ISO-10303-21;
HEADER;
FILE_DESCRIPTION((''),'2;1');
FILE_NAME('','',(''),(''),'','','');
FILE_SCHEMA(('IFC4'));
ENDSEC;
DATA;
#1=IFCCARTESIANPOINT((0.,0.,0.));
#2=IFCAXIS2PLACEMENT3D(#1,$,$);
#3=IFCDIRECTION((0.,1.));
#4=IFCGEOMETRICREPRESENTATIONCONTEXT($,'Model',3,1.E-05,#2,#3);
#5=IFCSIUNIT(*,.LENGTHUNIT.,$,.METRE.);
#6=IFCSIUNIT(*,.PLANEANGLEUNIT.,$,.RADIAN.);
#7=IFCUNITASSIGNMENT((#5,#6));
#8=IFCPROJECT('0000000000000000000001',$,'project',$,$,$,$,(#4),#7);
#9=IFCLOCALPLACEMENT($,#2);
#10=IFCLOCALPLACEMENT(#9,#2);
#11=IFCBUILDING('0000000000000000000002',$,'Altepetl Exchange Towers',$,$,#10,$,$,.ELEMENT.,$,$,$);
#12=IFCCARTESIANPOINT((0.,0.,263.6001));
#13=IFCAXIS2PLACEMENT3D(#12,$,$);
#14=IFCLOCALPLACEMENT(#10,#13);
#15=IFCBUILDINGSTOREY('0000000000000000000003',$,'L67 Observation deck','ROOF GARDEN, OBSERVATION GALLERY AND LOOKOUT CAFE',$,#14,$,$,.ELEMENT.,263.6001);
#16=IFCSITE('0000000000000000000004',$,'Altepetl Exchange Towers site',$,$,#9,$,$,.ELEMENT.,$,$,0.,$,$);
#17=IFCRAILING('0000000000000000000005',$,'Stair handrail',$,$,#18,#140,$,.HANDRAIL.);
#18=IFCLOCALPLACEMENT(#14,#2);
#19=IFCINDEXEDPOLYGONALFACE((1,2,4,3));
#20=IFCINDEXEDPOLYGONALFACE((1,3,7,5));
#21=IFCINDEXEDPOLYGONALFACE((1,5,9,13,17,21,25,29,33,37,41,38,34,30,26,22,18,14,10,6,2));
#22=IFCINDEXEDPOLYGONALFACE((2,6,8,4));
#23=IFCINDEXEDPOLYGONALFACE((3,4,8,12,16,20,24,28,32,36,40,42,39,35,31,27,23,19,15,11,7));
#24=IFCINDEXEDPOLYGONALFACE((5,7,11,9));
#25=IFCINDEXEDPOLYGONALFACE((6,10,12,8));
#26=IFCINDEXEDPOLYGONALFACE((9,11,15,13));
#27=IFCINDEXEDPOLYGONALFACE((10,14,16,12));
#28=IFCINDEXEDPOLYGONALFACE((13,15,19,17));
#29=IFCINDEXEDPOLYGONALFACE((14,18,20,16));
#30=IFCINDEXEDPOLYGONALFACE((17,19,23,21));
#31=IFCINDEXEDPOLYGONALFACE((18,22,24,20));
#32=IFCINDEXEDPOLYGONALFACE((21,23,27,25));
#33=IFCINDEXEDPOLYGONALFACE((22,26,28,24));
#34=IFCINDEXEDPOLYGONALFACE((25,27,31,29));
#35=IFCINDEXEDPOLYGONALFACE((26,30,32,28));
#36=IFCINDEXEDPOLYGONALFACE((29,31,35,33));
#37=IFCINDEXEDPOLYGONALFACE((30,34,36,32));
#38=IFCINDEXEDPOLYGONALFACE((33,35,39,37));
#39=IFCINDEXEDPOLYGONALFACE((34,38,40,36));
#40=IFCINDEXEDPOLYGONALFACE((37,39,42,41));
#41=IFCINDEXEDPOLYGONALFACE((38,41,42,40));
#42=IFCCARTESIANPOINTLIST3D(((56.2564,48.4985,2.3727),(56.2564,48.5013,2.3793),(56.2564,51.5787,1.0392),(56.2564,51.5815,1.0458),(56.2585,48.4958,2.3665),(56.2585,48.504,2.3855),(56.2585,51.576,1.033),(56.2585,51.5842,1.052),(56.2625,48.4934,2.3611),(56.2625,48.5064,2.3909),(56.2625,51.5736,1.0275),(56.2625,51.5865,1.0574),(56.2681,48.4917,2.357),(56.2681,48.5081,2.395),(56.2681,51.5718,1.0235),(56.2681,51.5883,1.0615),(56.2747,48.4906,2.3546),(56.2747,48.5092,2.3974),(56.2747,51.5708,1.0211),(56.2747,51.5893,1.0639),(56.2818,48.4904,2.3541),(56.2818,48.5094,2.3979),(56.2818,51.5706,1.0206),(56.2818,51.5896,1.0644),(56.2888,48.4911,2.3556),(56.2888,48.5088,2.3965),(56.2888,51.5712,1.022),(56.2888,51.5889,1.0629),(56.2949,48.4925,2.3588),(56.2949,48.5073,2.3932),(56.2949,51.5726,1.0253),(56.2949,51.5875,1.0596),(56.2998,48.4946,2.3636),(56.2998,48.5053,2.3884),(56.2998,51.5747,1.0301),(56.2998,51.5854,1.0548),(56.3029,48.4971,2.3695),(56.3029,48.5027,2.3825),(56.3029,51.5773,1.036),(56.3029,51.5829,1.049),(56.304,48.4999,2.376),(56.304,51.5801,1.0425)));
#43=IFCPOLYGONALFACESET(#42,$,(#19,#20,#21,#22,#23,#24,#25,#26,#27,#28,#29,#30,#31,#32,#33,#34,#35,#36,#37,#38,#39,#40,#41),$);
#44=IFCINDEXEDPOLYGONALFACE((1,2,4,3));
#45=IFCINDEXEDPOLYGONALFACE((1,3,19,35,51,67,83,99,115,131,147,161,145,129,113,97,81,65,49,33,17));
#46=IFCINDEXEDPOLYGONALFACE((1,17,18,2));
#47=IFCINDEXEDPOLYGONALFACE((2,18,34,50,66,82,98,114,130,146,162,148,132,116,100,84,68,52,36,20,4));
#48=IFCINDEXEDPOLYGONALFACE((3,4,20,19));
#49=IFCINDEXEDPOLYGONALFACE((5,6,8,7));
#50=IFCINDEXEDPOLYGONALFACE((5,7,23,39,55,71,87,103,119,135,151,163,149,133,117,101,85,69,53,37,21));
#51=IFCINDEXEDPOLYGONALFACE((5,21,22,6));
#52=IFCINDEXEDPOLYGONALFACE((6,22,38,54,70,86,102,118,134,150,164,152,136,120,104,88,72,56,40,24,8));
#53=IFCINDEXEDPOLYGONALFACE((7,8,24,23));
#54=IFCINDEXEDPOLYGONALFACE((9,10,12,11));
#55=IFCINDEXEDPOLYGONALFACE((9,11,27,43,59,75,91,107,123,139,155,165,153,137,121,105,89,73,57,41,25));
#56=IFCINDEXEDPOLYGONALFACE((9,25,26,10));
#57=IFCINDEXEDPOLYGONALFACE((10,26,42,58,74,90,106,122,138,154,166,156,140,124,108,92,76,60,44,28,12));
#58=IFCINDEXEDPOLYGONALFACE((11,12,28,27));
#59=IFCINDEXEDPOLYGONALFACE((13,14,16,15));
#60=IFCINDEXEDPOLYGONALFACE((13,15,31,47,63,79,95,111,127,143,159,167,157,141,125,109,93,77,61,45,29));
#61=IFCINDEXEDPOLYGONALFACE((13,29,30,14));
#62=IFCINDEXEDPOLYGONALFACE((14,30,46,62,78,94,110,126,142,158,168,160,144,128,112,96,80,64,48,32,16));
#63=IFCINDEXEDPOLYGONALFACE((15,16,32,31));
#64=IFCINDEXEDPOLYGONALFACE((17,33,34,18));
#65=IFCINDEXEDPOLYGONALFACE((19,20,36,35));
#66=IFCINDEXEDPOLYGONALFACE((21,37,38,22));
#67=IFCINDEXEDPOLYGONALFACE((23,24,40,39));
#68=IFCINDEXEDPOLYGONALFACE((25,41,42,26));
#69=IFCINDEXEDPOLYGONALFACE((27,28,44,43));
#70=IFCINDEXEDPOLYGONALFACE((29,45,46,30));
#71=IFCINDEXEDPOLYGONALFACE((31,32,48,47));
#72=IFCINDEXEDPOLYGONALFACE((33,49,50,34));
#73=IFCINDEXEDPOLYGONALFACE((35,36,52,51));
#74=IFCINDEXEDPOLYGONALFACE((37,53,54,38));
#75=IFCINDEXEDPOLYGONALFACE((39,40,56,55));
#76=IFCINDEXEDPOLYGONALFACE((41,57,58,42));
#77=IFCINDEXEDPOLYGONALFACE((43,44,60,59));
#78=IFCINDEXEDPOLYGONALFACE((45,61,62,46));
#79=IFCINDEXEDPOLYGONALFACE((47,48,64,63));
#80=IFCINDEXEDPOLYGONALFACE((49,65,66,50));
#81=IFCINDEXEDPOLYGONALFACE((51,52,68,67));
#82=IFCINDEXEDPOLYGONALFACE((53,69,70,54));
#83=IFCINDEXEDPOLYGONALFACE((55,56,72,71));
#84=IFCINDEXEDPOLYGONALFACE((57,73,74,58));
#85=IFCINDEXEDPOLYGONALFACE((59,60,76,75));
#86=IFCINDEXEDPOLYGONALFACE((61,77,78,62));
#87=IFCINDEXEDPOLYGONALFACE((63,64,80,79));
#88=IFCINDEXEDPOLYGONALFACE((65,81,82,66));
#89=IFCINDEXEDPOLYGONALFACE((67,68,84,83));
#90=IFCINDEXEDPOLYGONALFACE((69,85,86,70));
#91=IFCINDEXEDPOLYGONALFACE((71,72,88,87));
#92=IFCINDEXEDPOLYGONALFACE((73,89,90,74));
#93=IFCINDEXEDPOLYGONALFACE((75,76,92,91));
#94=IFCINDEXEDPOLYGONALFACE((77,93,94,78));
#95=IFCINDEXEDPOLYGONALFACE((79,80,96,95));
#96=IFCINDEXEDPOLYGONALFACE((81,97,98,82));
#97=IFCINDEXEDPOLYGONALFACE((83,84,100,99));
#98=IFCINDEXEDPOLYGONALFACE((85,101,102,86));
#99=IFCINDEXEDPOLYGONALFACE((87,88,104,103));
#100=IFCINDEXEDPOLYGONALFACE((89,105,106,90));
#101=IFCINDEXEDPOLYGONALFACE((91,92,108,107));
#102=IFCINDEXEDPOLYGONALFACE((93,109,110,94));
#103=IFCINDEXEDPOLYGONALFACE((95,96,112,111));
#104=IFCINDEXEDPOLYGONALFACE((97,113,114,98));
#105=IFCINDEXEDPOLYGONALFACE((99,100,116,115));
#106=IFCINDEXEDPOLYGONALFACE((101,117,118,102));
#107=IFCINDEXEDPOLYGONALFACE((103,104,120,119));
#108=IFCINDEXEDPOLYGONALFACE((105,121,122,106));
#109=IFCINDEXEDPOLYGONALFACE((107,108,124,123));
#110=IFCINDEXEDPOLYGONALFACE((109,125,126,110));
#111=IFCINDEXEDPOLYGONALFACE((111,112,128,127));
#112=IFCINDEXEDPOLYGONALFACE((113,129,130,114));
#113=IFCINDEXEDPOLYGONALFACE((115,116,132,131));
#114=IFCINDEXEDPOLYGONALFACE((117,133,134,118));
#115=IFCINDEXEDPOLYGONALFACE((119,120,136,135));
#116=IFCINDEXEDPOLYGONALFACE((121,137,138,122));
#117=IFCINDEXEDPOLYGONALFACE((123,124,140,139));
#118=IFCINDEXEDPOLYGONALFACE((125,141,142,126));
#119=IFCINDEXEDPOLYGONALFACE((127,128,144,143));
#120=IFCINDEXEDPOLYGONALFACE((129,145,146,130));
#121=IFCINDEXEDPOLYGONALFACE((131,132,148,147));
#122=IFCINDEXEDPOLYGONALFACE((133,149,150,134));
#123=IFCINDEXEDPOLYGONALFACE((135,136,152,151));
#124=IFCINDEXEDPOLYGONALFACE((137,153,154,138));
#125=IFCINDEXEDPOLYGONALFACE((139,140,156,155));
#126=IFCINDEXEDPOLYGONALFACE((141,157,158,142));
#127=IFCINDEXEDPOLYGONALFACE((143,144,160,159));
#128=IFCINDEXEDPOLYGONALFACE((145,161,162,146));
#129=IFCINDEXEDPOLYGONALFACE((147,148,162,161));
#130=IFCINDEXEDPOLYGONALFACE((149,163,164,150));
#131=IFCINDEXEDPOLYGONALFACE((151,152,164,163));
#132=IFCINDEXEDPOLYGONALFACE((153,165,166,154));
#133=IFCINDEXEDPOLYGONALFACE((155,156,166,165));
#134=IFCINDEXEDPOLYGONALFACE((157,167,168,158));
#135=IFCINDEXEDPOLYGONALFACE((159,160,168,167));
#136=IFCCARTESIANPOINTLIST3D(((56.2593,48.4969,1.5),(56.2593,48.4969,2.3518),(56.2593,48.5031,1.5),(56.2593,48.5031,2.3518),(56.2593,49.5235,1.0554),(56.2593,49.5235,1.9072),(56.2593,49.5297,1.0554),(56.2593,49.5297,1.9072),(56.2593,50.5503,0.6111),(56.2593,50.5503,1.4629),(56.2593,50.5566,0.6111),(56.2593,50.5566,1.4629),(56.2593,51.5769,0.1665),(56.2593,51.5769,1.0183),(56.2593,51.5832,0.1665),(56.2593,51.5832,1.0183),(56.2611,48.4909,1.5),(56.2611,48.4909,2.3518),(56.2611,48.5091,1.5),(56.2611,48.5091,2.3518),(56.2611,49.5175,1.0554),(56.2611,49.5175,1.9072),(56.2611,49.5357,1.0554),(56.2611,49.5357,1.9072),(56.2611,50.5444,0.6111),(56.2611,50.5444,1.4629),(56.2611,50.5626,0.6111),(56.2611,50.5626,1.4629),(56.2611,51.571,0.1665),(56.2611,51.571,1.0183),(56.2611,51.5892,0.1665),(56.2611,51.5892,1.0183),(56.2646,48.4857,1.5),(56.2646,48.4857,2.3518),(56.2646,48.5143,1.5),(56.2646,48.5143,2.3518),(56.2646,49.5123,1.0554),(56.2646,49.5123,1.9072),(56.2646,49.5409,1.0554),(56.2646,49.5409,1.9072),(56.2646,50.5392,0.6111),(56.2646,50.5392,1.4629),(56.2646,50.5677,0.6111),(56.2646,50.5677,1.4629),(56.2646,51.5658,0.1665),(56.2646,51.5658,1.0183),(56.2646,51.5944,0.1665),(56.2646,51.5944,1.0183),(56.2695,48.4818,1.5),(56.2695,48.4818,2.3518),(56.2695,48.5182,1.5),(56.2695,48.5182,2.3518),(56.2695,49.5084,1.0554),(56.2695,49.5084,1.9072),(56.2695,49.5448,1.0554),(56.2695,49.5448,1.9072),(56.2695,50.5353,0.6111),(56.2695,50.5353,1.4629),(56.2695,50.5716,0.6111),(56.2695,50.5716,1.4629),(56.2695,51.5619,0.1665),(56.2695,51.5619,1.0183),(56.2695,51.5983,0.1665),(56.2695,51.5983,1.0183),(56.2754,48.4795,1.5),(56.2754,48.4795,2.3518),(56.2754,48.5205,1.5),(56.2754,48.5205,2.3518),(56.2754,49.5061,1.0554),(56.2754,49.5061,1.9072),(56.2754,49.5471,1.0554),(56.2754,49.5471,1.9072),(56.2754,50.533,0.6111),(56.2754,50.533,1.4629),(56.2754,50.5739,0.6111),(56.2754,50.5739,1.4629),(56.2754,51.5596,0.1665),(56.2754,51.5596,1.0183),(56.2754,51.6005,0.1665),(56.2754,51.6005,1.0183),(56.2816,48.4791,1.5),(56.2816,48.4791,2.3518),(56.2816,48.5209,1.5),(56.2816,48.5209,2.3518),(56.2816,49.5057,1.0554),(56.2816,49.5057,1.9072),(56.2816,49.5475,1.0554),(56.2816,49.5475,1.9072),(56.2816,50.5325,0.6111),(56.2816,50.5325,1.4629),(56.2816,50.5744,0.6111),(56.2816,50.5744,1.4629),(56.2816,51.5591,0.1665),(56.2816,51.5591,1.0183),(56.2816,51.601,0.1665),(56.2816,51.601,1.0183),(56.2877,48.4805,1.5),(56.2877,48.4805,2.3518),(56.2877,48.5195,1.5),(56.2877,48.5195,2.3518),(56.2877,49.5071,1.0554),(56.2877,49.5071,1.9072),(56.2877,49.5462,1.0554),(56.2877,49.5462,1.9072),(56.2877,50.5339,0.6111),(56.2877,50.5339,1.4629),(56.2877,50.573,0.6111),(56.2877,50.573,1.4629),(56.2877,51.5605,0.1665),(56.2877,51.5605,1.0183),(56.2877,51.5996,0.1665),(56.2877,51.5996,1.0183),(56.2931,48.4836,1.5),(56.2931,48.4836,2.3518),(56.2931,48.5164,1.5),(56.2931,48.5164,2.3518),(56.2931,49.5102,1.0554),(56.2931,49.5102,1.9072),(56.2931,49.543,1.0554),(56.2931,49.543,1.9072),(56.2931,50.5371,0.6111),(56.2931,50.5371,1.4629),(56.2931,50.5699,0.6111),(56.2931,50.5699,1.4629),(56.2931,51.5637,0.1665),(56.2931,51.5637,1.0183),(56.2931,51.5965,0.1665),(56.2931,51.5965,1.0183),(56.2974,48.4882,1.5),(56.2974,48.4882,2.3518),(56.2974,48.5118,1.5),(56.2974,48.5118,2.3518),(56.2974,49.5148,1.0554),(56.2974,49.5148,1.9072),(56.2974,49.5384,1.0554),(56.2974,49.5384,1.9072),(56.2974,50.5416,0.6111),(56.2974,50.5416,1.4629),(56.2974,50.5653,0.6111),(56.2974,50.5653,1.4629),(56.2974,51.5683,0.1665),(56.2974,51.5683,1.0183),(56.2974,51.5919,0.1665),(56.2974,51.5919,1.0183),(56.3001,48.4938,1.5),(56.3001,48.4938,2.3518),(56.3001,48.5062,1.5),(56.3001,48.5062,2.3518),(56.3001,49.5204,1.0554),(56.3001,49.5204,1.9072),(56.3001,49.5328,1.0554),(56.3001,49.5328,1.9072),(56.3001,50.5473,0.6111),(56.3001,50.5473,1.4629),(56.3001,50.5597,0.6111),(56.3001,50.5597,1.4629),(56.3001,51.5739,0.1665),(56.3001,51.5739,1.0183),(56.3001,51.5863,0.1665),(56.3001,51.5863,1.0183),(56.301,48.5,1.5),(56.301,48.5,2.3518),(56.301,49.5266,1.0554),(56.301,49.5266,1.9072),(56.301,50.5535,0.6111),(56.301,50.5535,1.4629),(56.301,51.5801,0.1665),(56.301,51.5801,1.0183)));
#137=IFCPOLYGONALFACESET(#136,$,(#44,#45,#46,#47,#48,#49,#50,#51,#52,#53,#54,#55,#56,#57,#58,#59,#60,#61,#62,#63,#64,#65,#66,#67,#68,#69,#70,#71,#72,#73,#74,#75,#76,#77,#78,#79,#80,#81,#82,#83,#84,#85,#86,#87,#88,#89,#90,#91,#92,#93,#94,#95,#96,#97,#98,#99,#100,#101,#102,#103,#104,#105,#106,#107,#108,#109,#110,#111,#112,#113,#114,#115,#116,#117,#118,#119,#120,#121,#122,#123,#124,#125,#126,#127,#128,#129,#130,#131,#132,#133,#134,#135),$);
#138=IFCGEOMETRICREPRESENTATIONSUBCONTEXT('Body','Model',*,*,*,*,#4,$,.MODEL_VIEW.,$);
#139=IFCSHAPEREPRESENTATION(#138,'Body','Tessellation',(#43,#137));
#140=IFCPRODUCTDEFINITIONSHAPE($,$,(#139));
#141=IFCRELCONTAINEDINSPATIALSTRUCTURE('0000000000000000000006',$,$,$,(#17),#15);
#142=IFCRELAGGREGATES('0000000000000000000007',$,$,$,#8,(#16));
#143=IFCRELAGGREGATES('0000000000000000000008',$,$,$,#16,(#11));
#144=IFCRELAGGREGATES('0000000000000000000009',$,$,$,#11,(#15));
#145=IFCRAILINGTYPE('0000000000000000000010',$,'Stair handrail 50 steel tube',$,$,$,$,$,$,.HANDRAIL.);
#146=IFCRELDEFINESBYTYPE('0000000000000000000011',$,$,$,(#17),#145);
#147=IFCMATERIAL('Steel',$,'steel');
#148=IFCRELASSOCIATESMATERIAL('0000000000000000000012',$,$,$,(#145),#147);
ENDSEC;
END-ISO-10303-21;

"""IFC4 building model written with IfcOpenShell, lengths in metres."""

from ifc_helpers import new_model, si_unit, direction, frame, origin, origin_2d, place, context, subcontext, project, spatial, circle, extrude, source, transform, mapped, material, type_object, element, save


model = new_model("IFC4")

# Units and contexts
model_context = context("Model", 3, precision=1e-05, world=origin(), true_north=direction((0.0, 1.0)))
body_context = subcontext(model_context, "Body", "Model", "MODEL_VIEW")
ifc_project = project(units=[si_unit("LENGTHUNIT", "METRE"), si_unit("PLANEANGLEUNIT", "RADIAN")], contexts=[model_context])

# Site, building, storey
site_placement = place(None, origin())
site = spatial("IfcSite", under=ifc_project, at=site_placement, Name="Altepetl Exchange Towers site", CompositionType="ELEMENT", RefElevation=0.0)
building_placement = place(site_placement, origin())
building = spatial("IfcBuilding", under=site, at=building_placement, Name="Altepetl Exchange Towers", CompositionType="ELEMENT")
storey_placement = place(building_placement, frame((0.0, 0.0, 263.6001)))
storey = spatial("IfcBuildingStorey", under=building, at=storey_placement, Name="L67 Observation deck", Description="ROOF GARDEN, OBSERVATION GALLERY AND LOOKOUT CAFE", CompositionType="ELEMENT", Elevation=263.6001)

# Railing
ifc_material_1 = material(Name="Steel", Category="steel")
railing_type = type_object("IfcRailingType", Name="Stair handrail 50 steel tube", PredefinedType="HANDRAIL", material=ifc_material_1)
shared_shape = source(origin(), body_context, "Body", "SweptSolid", [
    extrude(circle(Radius=0.021, at=origin_2d()), origin(), (0.0, 0.0, 1.0), 0.8518),
])
for number, where, name in (
    (1, (56.28, 51.5801, 0.1665), "Stair handrail"),
):
    element("IfcRailing", number, at=place(storey_placement, frame(where)), inside=storey, type_object=railing_type, Name=name, PredefinedType="HANDRAIL", context=body_context, shape_type="SweptSolid", body=[
        extrude(circle(Radius=0.0239, at=origin_2d()), frame((0.0, 0.0, 0.876), z_axis=(0.0, -0.917686, 0.397305), x_axis=(1.0, 0.0, 0.0)), (0.0, 0.0, 1.0), 3.3564),
        mapped(shared_shape, transform((0.0, 0.0, 0.0))),
        mapped(shared_shape, transform((0.0, -1.0266, 0.4446))),
        mapped(shared_shape, transform((0.0, -2.0535, 0.8889))),
        mapped(shared_shape, transform((0.0, -3.0801, 1.3335))),
    ])

save(model, "model.ifc")
